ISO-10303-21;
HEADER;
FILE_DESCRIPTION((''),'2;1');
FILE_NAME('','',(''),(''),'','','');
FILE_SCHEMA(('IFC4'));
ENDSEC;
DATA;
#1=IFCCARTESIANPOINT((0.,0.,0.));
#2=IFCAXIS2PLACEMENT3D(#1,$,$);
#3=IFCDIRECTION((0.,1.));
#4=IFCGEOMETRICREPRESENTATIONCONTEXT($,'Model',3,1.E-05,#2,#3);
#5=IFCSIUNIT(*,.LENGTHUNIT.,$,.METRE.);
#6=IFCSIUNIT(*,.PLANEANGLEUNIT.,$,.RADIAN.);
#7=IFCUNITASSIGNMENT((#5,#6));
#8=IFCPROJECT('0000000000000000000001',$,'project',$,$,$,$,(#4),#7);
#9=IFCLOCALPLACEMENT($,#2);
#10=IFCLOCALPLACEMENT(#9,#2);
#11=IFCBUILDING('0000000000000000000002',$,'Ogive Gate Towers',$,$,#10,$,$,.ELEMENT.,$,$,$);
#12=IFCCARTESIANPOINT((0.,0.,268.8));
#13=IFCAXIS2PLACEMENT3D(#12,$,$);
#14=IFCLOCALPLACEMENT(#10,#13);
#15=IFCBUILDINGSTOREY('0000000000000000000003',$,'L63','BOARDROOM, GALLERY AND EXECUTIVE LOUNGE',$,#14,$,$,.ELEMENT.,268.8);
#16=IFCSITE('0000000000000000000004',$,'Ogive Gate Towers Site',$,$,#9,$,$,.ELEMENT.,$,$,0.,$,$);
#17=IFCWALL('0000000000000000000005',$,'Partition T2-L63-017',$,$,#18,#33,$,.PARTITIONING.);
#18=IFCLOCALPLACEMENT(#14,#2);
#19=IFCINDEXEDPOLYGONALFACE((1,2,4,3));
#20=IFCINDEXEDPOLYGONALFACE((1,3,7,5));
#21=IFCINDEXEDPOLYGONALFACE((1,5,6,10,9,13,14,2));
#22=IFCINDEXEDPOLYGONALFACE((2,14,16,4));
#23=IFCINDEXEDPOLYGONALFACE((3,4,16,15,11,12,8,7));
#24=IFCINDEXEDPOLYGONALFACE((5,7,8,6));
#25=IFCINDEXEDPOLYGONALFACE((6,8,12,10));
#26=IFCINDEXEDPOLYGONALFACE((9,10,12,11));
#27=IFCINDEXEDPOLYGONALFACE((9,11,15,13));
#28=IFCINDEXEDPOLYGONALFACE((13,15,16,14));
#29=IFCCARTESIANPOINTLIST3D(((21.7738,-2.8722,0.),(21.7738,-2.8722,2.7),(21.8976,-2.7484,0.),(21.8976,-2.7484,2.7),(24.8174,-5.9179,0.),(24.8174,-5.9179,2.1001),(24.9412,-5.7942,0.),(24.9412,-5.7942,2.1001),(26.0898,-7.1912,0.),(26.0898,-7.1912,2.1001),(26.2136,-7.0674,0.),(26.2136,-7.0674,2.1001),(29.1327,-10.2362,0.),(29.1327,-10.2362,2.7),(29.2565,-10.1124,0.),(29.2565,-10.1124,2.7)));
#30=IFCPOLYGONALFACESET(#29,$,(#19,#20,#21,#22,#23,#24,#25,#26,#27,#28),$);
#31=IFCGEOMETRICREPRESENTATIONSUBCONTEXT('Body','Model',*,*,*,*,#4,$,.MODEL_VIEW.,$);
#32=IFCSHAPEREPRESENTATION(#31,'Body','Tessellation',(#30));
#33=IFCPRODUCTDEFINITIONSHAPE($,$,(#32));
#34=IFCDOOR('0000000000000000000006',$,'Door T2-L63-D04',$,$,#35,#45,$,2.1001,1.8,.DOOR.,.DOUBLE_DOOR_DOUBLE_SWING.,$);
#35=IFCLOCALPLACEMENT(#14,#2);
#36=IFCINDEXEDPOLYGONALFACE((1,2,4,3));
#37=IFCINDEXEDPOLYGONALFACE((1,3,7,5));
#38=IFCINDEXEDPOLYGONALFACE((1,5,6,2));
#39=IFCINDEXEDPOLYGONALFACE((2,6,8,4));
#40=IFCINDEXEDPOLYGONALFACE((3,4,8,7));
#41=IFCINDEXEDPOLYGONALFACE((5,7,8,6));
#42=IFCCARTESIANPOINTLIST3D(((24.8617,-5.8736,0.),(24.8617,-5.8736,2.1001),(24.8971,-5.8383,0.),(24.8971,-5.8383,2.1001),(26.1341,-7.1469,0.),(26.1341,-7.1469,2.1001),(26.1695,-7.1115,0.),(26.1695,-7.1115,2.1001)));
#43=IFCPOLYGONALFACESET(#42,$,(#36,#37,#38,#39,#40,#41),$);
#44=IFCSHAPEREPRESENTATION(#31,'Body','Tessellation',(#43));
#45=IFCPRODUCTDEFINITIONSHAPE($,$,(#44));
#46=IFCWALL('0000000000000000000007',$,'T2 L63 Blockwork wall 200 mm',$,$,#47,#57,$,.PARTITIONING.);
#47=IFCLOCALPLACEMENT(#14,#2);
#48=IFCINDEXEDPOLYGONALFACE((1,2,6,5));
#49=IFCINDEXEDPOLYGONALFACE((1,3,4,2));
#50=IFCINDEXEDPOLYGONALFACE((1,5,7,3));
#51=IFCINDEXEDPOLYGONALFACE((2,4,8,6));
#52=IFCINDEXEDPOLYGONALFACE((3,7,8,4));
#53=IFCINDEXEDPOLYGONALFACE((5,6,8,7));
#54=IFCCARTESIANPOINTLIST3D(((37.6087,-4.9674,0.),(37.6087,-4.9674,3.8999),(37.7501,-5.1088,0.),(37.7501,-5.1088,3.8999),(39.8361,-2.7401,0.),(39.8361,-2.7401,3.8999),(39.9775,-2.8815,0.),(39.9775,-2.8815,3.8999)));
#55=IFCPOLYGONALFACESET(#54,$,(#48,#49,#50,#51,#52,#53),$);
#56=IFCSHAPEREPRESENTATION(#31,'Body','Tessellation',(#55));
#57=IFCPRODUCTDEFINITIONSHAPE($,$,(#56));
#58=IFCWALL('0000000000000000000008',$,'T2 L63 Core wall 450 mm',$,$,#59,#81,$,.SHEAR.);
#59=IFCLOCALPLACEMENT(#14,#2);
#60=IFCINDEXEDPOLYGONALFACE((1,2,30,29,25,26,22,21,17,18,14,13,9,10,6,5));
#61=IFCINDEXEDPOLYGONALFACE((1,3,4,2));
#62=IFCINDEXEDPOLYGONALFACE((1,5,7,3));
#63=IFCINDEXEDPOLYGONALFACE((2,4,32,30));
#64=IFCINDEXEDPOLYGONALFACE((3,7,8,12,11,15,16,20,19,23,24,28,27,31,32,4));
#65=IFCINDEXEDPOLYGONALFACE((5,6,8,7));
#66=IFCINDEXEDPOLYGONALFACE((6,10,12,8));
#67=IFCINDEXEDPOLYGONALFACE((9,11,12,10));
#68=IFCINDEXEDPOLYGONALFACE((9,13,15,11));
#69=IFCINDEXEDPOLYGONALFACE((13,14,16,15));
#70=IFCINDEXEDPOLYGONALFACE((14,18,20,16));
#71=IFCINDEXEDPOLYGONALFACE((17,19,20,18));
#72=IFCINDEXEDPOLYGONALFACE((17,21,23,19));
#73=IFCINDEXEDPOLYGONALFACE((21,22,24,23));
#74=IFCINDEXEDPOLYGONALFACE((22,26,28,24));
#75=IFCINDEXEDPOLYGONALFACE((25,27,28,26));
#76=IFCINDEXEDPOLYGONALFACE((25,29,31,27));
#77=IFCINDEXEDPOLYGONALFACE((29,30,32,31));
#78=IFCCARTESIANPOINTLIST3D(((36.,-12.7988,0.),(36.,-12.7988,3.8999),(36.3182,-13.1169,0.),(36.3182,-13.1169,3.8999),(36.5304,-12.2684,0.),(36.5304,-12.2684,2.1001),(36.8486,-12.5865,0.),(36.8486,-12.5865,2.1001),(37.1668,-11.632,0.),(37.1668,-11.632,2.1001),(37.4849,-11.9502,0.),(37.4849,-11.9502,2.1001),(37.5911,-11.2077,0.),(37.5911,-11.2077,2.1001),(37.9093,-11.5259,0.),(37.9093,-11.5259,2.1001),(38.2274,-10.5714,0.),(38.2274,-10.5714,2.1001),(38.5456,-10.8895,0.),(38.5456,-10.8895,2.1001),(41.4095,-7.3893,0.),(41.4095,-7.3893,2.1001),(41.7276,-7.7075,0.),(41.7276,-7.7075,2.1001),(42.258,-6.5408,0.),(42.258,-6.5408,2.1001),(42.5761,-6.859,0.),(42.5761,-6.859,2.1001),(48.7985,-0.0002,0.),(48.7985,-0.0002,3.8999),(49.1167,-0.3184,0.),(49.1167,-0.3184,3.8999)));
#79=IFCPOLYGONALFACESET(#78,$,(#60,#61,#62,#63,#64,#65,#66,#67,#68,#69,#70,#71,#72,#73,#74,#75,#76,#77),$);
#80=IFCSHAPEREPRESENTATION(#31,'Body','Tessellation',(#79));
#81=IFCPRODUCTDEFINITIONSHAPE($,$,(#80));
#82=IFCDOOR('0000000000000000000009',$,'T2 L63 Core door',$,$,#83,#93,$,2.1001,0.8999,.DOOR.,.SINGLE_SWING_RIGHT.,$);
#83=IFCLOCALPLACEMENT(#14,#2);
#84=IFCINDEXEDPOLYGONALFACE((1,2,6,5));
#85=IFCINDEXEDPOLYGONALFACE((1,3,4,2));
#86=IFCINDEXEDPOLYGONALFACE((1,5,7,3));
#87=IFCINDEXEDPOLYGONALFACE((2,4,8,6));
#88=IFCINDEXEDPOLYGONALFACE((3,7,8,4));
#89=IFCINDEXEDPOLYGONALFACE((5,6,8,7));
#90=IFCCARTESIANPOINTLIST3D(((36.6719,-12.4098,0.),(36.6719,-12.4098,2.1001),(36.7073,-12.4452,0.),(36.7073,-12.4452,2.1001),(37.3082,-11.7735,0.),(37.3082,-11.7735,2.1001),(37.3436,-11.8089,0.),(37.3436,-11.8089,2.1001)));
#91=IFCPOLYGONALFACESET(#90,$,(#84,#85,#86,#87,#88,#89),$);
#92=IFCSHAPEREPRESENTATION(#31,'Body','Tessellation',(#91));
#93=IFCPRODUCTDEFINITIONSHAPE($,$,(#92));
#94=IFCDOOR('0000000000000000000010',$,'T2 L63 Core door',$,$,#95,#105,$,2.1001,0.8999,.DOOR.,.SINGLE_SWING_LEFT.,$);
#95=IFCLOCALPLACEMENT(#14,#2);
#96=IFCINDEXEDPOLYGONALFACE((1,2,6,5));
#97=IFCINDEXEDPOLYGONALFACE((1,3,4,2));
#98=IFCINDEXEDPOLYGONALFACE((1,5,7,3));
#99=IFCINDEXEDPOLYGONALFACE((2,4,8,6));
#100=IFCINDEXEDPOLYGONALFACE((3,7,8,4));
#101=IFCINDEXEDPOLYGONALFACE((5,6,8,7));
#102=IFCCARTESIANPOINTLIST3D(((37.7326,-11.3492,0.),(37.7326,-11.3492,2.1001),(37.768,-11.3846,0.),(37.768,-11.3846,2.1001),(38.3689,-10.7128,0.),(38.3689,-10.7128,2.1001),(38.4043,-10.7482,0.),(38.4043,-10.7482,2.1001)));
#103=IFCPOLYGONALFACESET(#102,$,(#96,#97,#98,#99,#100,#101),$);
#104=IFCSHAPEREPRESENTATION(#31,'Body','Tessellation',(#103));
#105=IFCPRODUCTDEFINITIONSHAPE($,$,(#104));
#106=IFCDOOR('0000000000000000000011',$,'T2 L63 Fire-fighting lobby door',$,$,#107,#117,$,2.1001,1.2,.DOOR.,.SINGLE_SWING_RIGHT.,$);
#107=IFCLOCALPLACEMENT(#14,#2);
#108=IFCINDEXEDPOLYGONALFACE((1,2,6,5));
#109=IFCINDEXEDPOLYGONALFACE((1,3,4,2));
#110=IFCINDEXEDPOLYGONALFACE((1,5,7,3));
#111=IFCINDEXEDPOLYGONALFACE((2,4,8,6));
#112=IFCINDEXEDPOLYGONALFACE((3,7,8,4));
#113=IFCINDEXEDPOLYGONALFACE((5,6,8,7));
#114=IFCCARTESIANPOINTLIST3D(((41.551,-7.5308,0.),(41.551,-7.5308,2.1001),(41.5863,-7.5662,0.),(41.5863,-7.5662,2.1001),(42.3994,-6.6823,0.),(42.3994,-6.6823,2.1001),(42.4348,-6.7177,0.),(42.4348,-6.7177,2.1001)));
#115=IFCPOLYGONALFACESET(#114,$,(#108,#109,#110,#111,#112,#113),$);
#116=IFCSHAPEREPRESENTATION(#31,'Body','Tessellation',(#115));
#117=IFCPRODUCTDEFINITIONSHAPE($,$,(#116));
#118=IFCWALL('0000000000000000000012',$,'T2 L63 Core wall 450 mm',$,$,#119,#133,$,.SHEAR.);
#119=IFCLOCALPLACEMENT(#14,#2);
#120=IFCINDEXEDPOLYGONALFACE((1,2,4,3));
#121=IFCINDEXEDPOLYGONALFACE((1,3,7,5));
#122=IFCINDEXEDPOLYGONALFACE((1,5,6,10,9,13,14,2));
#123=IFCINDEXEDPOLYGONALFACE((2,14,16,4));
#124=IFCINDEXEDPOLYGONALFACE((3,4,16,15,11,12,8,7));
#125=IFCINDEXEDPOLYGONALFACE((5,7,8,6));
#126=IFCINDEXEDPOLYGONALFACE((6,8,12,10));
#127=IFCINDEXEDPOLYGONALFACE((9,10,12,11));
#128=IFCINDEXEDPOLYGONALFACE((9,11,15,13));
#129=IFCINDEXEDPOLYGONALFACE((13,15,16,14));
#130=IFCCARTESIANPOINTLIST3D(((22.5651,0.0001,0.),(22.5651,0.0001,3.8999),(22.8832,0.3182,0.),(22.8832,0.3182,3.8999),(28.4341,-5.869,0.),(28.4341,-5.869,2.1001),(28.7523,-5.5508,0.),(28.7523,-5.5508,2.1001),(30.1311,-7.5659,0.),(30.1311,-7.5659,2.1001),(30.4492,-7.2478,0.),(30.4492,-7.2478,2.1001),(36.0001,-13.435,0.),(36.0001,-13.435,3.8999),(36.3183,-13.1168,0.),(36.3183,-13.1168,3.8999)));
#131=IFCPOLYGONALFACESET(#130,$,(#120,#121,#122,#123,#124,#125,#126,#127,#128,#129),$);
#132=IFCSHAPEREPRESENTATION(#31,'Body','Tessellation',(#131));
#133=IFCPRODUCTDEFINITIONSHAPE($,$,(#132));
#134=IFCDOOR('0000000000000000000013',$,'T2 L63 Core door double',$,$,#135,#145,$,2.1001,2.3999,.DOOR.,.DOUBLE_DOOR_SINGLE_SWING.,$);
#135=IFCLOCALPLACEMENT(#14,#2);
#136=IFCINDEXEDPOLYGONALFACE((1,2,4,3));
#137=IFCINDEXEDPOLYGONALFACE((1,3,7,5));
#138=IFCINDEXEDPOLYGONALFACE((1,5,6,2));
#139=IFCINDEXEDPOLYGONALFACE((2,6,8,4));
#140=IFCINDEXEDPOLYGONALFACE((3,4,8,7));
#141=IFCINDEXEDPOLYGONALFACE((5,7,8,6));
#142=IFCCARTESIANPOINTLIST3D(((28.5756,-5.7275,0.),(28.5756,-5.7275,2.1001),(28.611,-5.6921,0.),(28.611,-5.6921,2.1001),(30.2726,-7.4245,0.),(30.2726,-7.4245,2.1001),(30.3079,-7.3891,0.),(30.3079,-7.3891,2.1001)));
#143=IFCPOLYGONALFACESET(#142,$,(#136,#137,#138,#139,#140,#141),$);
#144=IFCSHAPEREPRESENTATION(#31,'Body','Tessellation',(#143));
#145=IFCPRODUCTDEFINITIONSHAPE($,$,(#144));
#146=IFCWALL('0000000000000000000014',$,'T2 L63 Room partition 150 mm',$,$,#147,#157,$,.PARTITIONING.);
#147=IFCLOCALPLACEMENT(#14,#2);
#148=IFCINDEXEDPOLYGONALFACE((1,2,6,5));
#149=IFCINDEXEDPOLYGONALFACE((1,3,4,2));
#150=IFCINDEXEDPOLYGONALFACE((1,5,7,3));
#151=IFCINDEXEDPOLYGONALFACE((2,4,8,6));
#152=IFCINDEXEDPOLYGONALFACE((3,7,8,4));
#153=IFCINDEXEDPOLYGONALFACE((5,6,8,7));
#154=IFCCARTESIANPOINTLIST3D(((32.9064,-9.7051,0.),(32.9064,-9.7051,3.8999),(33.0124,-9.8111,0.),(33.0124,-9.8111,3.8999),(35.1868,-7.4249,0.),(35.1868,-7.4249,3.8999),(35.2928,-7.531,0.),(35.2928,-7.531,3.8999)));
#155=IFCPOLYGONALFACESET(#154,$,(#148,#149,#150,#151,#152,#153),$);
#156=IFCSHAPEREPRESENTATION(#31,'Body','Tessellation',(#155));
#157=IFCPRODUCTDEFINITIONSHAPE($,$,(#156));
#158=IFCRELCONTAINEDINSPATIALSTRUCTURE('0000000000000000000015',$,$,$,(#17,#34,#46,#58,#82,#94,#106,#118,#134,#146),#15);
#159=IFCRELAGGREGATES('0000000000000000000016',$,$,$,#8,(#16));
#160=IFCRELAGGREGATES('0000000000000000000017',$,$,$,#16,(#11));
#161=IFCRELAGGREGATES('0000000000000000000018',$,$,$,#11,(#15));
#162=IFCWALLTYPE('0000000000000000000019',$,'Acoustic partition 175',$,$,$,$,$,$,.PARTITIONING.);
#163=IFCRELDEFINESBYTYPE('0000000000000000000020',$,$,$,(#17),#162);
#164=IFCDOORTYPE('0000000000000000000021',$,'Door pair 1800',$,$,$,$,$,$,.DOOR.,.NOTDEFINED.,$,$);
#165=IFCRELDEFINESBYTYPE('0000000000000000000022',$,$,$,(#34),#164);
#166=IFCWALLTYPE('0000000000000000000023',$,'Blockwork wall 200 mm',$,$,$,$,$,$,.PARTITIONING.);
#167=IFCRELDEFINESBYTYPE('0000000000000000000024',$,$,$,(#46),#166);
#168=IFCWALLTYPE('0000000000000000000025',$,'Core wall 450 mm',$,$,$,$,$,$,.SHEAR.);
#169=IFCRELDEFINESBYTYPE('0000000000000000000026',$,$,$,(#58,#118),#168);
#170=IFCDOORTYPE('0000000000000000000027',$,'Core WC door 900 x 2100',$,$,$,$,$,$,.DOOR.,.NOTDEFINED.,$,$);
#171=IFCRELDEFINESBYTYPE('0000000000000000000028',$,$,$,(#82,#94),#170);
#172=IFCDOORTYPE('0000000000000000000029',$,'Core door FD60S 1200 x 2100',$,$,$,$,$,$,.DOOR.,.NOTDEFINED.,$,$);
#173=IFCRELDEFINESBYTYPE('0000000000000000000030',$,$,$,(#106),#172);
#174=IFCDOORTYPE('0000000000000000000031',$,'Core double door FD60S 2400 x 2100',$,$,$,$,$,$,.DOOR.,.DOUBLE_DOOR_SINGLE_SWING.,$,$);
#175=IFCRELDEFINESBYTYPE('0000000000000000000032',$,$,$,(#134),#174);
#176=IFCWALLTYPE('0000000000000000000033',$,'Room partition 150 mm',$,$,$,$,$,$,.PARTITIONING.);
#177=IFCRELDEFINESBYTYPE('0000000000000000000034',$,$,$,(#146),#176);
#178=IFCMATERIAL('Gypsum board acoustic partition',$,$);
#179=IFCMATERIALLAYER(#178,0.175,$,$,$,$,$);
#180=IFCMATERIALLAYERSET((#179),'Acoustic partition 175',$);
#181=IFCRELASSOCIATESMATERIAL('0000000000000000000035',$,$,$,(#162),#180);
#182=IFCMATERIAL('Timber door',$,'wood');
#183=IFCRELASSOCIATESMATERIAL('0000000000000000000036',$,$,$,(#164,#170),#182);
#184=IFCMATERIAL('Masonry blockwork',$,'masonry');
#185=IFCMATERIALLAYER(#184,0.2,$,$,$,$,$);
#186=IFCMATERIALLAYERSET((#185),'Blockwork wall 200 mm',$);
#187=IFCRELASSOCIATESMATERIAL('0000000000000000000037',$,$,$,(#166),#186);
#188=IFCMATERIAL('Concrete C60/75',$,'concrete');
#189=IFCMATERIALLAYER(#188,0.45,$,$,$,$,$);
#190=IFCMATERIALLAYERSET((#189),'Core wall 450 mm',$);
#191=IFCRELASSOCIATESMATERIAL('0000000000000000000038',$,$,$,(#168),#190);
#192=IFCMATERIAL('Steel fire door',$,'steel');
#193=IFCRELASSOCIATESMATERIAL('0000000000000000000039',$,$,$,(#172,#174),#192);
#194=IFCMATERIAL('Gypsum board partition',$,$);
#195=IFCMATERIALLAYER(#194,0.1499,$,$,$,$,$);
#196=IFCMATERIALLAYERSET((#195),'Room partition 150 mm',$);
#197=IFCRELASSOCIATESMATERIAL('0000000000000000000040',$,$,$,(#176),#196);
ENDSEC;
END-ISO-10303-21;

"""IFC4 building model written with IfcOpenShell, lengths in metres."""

from ifc_helpers import new_model, si_unit, direction, frame, frame_2d, origin, place, context, subcontext, project, spatial, rectangle, extrude, material, layer, layer_set, type_object, element, fill, save


model = new_model("IFC4")

# Units and contexts
model_context = context("Model", 3, precision=1e-05, world=origin(), true_north=direction((0.0, 1.0)))
body_context = subcontext(model_context, "Body", "Model", "MODEL_VIEW")
ifc_project = project(units=[si_unit("LENGTHUNIT", "METRE"), si_unit("PLANEANGLEUNIT", "RADIAN")], contexts=[model_context])

# Site, building, storey
site_placement = place(None, origin())
site = spatial("IfcSite", under=ifc_project, at=site_placement, Name="Ogive Gate Towers Site", CompositionType="ELEMENT", RefElevation=0.0)
building_placement = place(site_placement, origin())
building = spatial("IfcBuilding", under=site, at=building_placement, Name="Ogive Gate Towers", CompositionType="ELEMENT")
storey_placement = place(building_placement, frame((0.0, 0.0, 268.8)))
storey = spatial("IfcBuildingStorey", under=building, at=storey_placement, Name="L63", Description="BOARDROOM, GALLERY AND EXECUTIVE LOUNGE", CompositionType="ELEMENT", Elevation=268.8)

# Wall, opening, door
ifc_material_1 = material(Name="Gypsum board acoustic partition")
ifc_layer_1 = layer(ifc_material_1, 0.175)
ifc_layer_set_1 = layer_set([ifc_layer_1], Name="Acoustic partition 175")
wall_type_1 = type_object("IfcWallType", Name="Acoustic partition 175", PredefinedType="PARTITIONING", material=ifc_layer_set_1)
ifc_material_2 = material(Name="Timber door", Category="wood")
wall_1_placement = place(storey_placement, frame((29.1946, -10.1743, 0.0), z_axis=(0.0, 0.0, 1.0), x_axis=(-0.706861, 0.707353, 0.0)))
wall_1 = element("IfcWall", 1, at=wall_1_placement, inside=storey, type_object=wall_type_1, Name="Partition T2-L63-017", PredefinedType="PARTITIONING", context=body_context, shape_type="SweptSolid", body=[
    extrude(rectangle(XDim=10.4106, YDim=0.175, at=frame_2d((5.2053, 0.0))), origin(), (0.0, 0.0, 1.0), 2.7),
])
opening_1_placement = place(wall_1_placement, frame((4.3049, 0.0, 0.0)))
opening_1 = element("IfcOpeningElement", 2, at=opening_1_placement, cuts=wall_1, PredefinedType="OPENING", context=body_context, shape_type="SweptSolid", body=[
    extrude(rectangle(XDim=1.8, YDim=2.1001, at=frame_2d((0.8999, 1.05))), frame((0.0, 0.0977, 0.0), z_axis=(0.0, -1.0, 0.0), x_axis=(1.0, 0.0, 0.0)), (0.0, 0.0, 1.0), 0.1951),
])
door_type_1 = type_object("IfcDoorType", Name="Door pair 1800", OperationType="NOTDEFINED", PredefinedType="DOOR", material=ifc_material_2)
door_1_placement = place(opening_1_placement, origin())
door_1 = element("IfcDoor", 3, at=door_1_placement, inside=storey, type_object=door_type_1, Name="Door T2-L63-D04", OperationType="DOUBLE_DOOR_DOUBLE_SWING", OverallHeight=2.1001, OverallWidth=1.8, PredefinedType="DOOR", context=body_context, shape_type="SweptSolid", body=[
    extrude(rectangle(XDim=1.8, YDim=2.1001, at=frame_2d((0.8999, 1.05))), frame((0.0, 0.0249, 0.0), z_axis=(0.0, -1.0, 0.0), x_axis=(1.0, 0.0, 0.0)), (0.0, 0.0, 1.0), 0.05),
])
fill(opening_1, door_1)

# Wall
ifc_material_3 = material(Name="Masonry blockwork", Category="masonry")
ifc_layer_2 = layer(ifc_material_3, 0.2)
ifc_layer_set_2 = layer_set([ifc_layer_2], Name="Blockwork wall 200 mm")
wall_type_2 = type_object("IfcWallType", Name="Blockwork wall 200 mm", PredefinedType="PARTITIONING", material=ifc_layer_set_2)
wall_2_placement = place(storey_placement, frame((37.6794, -5.0381, 0.0), z_axis=(0.0, 0.0, 1.0), x_axis=(0.707107, 0.707107, 0.0)))
element("IfcWall", 4, at=wall_2_placement, inside=storey, type_object=wall_type_2, Name="T2 L63 Blockwork wall 200 mm", PredefinedType="PARTITIONING", context=body_context, shape_type="SweptSolid", body=[
    extrude(rectangle(XDim=3.1499, YDim=0.2, at=frame_2d((1.575, 0.0))), origin(), (0.0, 0.0, 1.0), 3.8999),
])

# Wall, openings, doors
ifc_material_4 = material(Name="Concrete C60/75", Category="concrete")
ifc_layer_3 = layer(ifc_material_4, 0.45)
ifc_layer_set_3 = layer_set([ifc_layer_3], Name="Core wall 450 mm")
wall_type_3 = type_object("IfcWallType", Name="Core wall 450 mm", PredefinedType="SHEAR", material=ifc_layer_set_3)
wall_3_placement = place(storey_placement, frame((36.1592, -12.9578, 0.0), z_axis=(0.0, 0.0, 1.0), x_axis=(0.707107, 0.707107, 0.0)))
wall_3 = element("IfcWall", 5, at=wall_3_placement, inside=storey, type_object=wall_type_3, Name="T2 L63 Core wall 450 mm", PredefinedType="SHEAR", context=body_context, shape_type="SweptSolid", body=[
    extrude(rectangle(XDim=18.0999, YDim=0.45, at=frame_2d((9.0498, 0.0))), origin(), (0.0, 0.0, 1.0), 3.8999),
])
opening_2_placement = place(wall_3_placement, frame((7.6499, 0.0, 0.0)))
opening_2 = element("IfcOpeningElement", 6, at=opening_2_placement, cuts=wall_3, PredefinedType="OPENING", context=body_context, shape_type="SweptSolid", body=[
    extrude(rectangle(XDim=1.2, YDim=2.1001, at=frame_2d((0.6001, 1.05))), frame((0.0, 0.2349, 0.0), z_axis=(0.0, -1.0, 0.0), x_axis=(1.0, 0.0, 0.0)), (0.0, 0.0, 1.0), 0.47),
])
opening_3_placement = place(wall_3_placement, frame((0.75, 0.0, 0.0)))
opening_3 = element("IfcOpeningElement", 7, at=opening_3_placement, cuts=wall_3, PredefinedType="OPENING", context=body_context, shape_type="SweptSolid", body=[
    extrude(rectangle(XDim=0.8999, YDim=2.1001, at=frame_2d((0.45, 1.05))), frame((0.0, 0.2349, 0.0), z_axis=(0.0, -1.0, 0.0), x_axis=(1.0, 0.0, 0.0)), (0.0, 0.0, 1.0), 0.47),
])
opening_4_placement = place(wall_3_placement, frame((2.25, 0.0, 0.0)))
opening_4 = element("IfcOpeningElement", 8, at=opening_4_placement, cuts=wall_3, PredefinedType="OPENING", context=body_context, shape_type="SweptSolid", body=[
    extrude(rectangle(XDim=0.8999, YDim=2.1001, at=frame_2d((0.45, 1.05))), frame((0.0, 0.2349, 0.0), z_axis=(0.0, -1.0, 0.0), x_axis=(1.0, 0.0, 0.0)), (0.0, 0.0, 1.0), 0.47),
])
door_type_2 = type_object("IfcDoorType", Name="Core WC door 900 x 2100", OperationType="NOTDEFINED", PredefinedType="DOOR", material=ifc_material_2)
door_2_placement = place(opening_3_placement, origin())
door_2 = element("IfcDoor", 9, at=door_2_placement, inside=storey, type_object=door_type_2, Name="T2 L63 Core door", OperationType="SINGLE_SWING_RIGHT", OverallHeight=2.1001, OverallWidth=0.8999, PredefinedType="DOOR", context=body_context, shape_type="SweptSolid", body=[
    extrude(rectangle(XDim=0.8999, YDim=2.1001, at=frame_2d((0.45, 1.05))), frame((0.0, 0.0249, 0.0), z_axis=(0.0, -1.0, 0.0), x_axis=(1.0, 0.0, 0.0)), (0.0, 0.0, 1.0), 0.05),
])
fill(opening_3, door_2)
door_3_placement = place(opening_4_placement, origin())
door_3 = element("IfcDoor", 10, at=door_3_placement, inside=storey, type_object=door_type_2, Name="T2 L63 Core door", OperationType="SINGLE_SWING_LEFT", OverallHeight=2.1001, OverallWidth=0.8999, PredefinedType="DOOR", context=body_context, shape_type="SweptSolid", body=[
    extrude(rectangle(XDim=0.8999, YDim=2.1001, at=frame_2d((0.45, 1.05))), frame((0.0, 0.0249, 0.0), z_axis=(0.0, -1.0, 0.0), x_axis=(1.0, 0.0, 0.0)), (0.0, 0.0, 1.0), 0.05),
])
fill(opening_4, door_3)
ifc_material_5 = material(Name="Steel fire door", Category="steel")
door_type_3 = type_object("IfcDoorType", Name="Core door FD60S 1200 x 2100", OperationType="NOTDEFINED", PredefinedType="DOOR", material=ifc_material_5)
door_4_placement = place(opening_2_placement, origin())
door_4 = element("IfcDoor", 11, at=door_4_placement, inside=storey, type_object=door_type_3, Name="T2 L63 Fire-fighting lobby door", OperationType="SINGLE_SWING_RIGHT", OverallHeight=2.1001, OverallWidth=1.2, PredefinedType="DOOR", context=body_context, shape_type="SweptSolid", body=[
    extrude(rectangle(XDim=1.2, YDim=2.1001, at=frame_2d((0.6001, 1.05))), frame((0.0, 0.0249, 0.0), z_axis=(0.0, -1.0, 0.0), x_axis=(1.0, 0.0, 0.0)), (0.0, 0.0, 1.0), 0.05),
])
fill(opening_2, door_4)

# Wall, opening, door
wall_4_placement = place(storey_placement, frame((36.1592, -13.2759, 0.0), z_axis=(0.0, 0.0, 1.0), x_axis=(-0.707107, 0.707107, 0.0)))
wall_4 = element("IfcWall", 12, at=wall_4_placement, inside=storey, type_object=wall_type_3, Name="T2 L63 Core wall 450 mm", PredefinedType="SHEAR", context=body_context, shape_type="SweptSolid", body=[
    extrude(rectangle(XDim=19.0, YDim=0.45, at=frame_2d((9.5, 0.0))), origin(), (0.0, 0.0, 1.0), 3.8999),
])
opening_5_placement = place(wall_4_placement, frame((8.3, 0.0, 0.0)))
opening_5 = element("IfcOpeningElement", 13, at=opening_5_placement, cuts=wall_4, PredefinedType="OPENING", context=body_context, shape_type="SweptSolid", body=[
    extrude(rectangle(XDim=2.3999, YDim=2.1001, at=frame_2d((1.2, 1.05))), frame((0.0, 0.2349, 0.0), z_axis=(0.0, -1.0, 0.0), x_axis=(1.0, 0.0, 0.0)), (0.0, 0.0, 1.0), 0.47),
])
door_type_4 = type_object("IfcDoorType", Name="Core double door FD60S 2400 x 2100", OperationType="DOUBLE_DOOR_SINGLE_SWING", PredefinedType="DOOR", material=ifc_material_5)
door_5_placement = place(opening_5_placement, origin())
door_5 = element("IfcDoor", 14, at=door_5_placement, inside=storey, type_object=door_type_4, Name="T2 L63 Core door double", OperationType="DOUBLE_DOOR_SINGLE_SWING", OverallHeight=2.1001, OverallWidth=2.3999, PredefinedType="DOOR", context=body_context, shape_type="SweptSolid", body=[
    extrude(rectangle(XDim=2.3999, YDim=2.1001, at=frame_2d((1.2, 1.05))), frame((0.0, 0.0249, 0.0), z_axis=(0.0, -1.0, 0.0), x_axis=(1.0, 0.0, 0.0)), (0.0, 0.0, 1.0), 0.05),
])
fill(opening_5, door_5)

# Wall
ifc_material_6 = material(Name="Gypsum board partition")
ifc_layer_4 = layer(ifc_material_6, 0.1499)
ifc_layer_set_4 = layer_set([ifc_layer_4], Name="Room partition 150 mm")
wall_type_4 = type_object("IfcWallType", Name="Room partition 150 mm", PredefinedType="PARTITIONING", material=ifc_layer_set_4)
wall_5_placement = place(storey_placement, frame((32.9595, -9.7581, 0.0), z_axis=(0.0, 0.0, 1.0), x_axis=(0.707145, 0.707069, 0.0)))
element("IfcWall", 15, at=wall_5_placement, inside=storey, type_object=wall_type_4, Name="T2 L63 Room partition 150 mm", PredefinedType="PARTITIONING", context=body_context, shape_type="SweptSolid", body=[
    extrude(rectangle(XDim=3.2249, YDim=0.1499, at=frame_2d((1.6123, 0.0))), origin(), (0.0, 0.0, 1.0), 3.8999),
])

save(model, "model.ifc")
